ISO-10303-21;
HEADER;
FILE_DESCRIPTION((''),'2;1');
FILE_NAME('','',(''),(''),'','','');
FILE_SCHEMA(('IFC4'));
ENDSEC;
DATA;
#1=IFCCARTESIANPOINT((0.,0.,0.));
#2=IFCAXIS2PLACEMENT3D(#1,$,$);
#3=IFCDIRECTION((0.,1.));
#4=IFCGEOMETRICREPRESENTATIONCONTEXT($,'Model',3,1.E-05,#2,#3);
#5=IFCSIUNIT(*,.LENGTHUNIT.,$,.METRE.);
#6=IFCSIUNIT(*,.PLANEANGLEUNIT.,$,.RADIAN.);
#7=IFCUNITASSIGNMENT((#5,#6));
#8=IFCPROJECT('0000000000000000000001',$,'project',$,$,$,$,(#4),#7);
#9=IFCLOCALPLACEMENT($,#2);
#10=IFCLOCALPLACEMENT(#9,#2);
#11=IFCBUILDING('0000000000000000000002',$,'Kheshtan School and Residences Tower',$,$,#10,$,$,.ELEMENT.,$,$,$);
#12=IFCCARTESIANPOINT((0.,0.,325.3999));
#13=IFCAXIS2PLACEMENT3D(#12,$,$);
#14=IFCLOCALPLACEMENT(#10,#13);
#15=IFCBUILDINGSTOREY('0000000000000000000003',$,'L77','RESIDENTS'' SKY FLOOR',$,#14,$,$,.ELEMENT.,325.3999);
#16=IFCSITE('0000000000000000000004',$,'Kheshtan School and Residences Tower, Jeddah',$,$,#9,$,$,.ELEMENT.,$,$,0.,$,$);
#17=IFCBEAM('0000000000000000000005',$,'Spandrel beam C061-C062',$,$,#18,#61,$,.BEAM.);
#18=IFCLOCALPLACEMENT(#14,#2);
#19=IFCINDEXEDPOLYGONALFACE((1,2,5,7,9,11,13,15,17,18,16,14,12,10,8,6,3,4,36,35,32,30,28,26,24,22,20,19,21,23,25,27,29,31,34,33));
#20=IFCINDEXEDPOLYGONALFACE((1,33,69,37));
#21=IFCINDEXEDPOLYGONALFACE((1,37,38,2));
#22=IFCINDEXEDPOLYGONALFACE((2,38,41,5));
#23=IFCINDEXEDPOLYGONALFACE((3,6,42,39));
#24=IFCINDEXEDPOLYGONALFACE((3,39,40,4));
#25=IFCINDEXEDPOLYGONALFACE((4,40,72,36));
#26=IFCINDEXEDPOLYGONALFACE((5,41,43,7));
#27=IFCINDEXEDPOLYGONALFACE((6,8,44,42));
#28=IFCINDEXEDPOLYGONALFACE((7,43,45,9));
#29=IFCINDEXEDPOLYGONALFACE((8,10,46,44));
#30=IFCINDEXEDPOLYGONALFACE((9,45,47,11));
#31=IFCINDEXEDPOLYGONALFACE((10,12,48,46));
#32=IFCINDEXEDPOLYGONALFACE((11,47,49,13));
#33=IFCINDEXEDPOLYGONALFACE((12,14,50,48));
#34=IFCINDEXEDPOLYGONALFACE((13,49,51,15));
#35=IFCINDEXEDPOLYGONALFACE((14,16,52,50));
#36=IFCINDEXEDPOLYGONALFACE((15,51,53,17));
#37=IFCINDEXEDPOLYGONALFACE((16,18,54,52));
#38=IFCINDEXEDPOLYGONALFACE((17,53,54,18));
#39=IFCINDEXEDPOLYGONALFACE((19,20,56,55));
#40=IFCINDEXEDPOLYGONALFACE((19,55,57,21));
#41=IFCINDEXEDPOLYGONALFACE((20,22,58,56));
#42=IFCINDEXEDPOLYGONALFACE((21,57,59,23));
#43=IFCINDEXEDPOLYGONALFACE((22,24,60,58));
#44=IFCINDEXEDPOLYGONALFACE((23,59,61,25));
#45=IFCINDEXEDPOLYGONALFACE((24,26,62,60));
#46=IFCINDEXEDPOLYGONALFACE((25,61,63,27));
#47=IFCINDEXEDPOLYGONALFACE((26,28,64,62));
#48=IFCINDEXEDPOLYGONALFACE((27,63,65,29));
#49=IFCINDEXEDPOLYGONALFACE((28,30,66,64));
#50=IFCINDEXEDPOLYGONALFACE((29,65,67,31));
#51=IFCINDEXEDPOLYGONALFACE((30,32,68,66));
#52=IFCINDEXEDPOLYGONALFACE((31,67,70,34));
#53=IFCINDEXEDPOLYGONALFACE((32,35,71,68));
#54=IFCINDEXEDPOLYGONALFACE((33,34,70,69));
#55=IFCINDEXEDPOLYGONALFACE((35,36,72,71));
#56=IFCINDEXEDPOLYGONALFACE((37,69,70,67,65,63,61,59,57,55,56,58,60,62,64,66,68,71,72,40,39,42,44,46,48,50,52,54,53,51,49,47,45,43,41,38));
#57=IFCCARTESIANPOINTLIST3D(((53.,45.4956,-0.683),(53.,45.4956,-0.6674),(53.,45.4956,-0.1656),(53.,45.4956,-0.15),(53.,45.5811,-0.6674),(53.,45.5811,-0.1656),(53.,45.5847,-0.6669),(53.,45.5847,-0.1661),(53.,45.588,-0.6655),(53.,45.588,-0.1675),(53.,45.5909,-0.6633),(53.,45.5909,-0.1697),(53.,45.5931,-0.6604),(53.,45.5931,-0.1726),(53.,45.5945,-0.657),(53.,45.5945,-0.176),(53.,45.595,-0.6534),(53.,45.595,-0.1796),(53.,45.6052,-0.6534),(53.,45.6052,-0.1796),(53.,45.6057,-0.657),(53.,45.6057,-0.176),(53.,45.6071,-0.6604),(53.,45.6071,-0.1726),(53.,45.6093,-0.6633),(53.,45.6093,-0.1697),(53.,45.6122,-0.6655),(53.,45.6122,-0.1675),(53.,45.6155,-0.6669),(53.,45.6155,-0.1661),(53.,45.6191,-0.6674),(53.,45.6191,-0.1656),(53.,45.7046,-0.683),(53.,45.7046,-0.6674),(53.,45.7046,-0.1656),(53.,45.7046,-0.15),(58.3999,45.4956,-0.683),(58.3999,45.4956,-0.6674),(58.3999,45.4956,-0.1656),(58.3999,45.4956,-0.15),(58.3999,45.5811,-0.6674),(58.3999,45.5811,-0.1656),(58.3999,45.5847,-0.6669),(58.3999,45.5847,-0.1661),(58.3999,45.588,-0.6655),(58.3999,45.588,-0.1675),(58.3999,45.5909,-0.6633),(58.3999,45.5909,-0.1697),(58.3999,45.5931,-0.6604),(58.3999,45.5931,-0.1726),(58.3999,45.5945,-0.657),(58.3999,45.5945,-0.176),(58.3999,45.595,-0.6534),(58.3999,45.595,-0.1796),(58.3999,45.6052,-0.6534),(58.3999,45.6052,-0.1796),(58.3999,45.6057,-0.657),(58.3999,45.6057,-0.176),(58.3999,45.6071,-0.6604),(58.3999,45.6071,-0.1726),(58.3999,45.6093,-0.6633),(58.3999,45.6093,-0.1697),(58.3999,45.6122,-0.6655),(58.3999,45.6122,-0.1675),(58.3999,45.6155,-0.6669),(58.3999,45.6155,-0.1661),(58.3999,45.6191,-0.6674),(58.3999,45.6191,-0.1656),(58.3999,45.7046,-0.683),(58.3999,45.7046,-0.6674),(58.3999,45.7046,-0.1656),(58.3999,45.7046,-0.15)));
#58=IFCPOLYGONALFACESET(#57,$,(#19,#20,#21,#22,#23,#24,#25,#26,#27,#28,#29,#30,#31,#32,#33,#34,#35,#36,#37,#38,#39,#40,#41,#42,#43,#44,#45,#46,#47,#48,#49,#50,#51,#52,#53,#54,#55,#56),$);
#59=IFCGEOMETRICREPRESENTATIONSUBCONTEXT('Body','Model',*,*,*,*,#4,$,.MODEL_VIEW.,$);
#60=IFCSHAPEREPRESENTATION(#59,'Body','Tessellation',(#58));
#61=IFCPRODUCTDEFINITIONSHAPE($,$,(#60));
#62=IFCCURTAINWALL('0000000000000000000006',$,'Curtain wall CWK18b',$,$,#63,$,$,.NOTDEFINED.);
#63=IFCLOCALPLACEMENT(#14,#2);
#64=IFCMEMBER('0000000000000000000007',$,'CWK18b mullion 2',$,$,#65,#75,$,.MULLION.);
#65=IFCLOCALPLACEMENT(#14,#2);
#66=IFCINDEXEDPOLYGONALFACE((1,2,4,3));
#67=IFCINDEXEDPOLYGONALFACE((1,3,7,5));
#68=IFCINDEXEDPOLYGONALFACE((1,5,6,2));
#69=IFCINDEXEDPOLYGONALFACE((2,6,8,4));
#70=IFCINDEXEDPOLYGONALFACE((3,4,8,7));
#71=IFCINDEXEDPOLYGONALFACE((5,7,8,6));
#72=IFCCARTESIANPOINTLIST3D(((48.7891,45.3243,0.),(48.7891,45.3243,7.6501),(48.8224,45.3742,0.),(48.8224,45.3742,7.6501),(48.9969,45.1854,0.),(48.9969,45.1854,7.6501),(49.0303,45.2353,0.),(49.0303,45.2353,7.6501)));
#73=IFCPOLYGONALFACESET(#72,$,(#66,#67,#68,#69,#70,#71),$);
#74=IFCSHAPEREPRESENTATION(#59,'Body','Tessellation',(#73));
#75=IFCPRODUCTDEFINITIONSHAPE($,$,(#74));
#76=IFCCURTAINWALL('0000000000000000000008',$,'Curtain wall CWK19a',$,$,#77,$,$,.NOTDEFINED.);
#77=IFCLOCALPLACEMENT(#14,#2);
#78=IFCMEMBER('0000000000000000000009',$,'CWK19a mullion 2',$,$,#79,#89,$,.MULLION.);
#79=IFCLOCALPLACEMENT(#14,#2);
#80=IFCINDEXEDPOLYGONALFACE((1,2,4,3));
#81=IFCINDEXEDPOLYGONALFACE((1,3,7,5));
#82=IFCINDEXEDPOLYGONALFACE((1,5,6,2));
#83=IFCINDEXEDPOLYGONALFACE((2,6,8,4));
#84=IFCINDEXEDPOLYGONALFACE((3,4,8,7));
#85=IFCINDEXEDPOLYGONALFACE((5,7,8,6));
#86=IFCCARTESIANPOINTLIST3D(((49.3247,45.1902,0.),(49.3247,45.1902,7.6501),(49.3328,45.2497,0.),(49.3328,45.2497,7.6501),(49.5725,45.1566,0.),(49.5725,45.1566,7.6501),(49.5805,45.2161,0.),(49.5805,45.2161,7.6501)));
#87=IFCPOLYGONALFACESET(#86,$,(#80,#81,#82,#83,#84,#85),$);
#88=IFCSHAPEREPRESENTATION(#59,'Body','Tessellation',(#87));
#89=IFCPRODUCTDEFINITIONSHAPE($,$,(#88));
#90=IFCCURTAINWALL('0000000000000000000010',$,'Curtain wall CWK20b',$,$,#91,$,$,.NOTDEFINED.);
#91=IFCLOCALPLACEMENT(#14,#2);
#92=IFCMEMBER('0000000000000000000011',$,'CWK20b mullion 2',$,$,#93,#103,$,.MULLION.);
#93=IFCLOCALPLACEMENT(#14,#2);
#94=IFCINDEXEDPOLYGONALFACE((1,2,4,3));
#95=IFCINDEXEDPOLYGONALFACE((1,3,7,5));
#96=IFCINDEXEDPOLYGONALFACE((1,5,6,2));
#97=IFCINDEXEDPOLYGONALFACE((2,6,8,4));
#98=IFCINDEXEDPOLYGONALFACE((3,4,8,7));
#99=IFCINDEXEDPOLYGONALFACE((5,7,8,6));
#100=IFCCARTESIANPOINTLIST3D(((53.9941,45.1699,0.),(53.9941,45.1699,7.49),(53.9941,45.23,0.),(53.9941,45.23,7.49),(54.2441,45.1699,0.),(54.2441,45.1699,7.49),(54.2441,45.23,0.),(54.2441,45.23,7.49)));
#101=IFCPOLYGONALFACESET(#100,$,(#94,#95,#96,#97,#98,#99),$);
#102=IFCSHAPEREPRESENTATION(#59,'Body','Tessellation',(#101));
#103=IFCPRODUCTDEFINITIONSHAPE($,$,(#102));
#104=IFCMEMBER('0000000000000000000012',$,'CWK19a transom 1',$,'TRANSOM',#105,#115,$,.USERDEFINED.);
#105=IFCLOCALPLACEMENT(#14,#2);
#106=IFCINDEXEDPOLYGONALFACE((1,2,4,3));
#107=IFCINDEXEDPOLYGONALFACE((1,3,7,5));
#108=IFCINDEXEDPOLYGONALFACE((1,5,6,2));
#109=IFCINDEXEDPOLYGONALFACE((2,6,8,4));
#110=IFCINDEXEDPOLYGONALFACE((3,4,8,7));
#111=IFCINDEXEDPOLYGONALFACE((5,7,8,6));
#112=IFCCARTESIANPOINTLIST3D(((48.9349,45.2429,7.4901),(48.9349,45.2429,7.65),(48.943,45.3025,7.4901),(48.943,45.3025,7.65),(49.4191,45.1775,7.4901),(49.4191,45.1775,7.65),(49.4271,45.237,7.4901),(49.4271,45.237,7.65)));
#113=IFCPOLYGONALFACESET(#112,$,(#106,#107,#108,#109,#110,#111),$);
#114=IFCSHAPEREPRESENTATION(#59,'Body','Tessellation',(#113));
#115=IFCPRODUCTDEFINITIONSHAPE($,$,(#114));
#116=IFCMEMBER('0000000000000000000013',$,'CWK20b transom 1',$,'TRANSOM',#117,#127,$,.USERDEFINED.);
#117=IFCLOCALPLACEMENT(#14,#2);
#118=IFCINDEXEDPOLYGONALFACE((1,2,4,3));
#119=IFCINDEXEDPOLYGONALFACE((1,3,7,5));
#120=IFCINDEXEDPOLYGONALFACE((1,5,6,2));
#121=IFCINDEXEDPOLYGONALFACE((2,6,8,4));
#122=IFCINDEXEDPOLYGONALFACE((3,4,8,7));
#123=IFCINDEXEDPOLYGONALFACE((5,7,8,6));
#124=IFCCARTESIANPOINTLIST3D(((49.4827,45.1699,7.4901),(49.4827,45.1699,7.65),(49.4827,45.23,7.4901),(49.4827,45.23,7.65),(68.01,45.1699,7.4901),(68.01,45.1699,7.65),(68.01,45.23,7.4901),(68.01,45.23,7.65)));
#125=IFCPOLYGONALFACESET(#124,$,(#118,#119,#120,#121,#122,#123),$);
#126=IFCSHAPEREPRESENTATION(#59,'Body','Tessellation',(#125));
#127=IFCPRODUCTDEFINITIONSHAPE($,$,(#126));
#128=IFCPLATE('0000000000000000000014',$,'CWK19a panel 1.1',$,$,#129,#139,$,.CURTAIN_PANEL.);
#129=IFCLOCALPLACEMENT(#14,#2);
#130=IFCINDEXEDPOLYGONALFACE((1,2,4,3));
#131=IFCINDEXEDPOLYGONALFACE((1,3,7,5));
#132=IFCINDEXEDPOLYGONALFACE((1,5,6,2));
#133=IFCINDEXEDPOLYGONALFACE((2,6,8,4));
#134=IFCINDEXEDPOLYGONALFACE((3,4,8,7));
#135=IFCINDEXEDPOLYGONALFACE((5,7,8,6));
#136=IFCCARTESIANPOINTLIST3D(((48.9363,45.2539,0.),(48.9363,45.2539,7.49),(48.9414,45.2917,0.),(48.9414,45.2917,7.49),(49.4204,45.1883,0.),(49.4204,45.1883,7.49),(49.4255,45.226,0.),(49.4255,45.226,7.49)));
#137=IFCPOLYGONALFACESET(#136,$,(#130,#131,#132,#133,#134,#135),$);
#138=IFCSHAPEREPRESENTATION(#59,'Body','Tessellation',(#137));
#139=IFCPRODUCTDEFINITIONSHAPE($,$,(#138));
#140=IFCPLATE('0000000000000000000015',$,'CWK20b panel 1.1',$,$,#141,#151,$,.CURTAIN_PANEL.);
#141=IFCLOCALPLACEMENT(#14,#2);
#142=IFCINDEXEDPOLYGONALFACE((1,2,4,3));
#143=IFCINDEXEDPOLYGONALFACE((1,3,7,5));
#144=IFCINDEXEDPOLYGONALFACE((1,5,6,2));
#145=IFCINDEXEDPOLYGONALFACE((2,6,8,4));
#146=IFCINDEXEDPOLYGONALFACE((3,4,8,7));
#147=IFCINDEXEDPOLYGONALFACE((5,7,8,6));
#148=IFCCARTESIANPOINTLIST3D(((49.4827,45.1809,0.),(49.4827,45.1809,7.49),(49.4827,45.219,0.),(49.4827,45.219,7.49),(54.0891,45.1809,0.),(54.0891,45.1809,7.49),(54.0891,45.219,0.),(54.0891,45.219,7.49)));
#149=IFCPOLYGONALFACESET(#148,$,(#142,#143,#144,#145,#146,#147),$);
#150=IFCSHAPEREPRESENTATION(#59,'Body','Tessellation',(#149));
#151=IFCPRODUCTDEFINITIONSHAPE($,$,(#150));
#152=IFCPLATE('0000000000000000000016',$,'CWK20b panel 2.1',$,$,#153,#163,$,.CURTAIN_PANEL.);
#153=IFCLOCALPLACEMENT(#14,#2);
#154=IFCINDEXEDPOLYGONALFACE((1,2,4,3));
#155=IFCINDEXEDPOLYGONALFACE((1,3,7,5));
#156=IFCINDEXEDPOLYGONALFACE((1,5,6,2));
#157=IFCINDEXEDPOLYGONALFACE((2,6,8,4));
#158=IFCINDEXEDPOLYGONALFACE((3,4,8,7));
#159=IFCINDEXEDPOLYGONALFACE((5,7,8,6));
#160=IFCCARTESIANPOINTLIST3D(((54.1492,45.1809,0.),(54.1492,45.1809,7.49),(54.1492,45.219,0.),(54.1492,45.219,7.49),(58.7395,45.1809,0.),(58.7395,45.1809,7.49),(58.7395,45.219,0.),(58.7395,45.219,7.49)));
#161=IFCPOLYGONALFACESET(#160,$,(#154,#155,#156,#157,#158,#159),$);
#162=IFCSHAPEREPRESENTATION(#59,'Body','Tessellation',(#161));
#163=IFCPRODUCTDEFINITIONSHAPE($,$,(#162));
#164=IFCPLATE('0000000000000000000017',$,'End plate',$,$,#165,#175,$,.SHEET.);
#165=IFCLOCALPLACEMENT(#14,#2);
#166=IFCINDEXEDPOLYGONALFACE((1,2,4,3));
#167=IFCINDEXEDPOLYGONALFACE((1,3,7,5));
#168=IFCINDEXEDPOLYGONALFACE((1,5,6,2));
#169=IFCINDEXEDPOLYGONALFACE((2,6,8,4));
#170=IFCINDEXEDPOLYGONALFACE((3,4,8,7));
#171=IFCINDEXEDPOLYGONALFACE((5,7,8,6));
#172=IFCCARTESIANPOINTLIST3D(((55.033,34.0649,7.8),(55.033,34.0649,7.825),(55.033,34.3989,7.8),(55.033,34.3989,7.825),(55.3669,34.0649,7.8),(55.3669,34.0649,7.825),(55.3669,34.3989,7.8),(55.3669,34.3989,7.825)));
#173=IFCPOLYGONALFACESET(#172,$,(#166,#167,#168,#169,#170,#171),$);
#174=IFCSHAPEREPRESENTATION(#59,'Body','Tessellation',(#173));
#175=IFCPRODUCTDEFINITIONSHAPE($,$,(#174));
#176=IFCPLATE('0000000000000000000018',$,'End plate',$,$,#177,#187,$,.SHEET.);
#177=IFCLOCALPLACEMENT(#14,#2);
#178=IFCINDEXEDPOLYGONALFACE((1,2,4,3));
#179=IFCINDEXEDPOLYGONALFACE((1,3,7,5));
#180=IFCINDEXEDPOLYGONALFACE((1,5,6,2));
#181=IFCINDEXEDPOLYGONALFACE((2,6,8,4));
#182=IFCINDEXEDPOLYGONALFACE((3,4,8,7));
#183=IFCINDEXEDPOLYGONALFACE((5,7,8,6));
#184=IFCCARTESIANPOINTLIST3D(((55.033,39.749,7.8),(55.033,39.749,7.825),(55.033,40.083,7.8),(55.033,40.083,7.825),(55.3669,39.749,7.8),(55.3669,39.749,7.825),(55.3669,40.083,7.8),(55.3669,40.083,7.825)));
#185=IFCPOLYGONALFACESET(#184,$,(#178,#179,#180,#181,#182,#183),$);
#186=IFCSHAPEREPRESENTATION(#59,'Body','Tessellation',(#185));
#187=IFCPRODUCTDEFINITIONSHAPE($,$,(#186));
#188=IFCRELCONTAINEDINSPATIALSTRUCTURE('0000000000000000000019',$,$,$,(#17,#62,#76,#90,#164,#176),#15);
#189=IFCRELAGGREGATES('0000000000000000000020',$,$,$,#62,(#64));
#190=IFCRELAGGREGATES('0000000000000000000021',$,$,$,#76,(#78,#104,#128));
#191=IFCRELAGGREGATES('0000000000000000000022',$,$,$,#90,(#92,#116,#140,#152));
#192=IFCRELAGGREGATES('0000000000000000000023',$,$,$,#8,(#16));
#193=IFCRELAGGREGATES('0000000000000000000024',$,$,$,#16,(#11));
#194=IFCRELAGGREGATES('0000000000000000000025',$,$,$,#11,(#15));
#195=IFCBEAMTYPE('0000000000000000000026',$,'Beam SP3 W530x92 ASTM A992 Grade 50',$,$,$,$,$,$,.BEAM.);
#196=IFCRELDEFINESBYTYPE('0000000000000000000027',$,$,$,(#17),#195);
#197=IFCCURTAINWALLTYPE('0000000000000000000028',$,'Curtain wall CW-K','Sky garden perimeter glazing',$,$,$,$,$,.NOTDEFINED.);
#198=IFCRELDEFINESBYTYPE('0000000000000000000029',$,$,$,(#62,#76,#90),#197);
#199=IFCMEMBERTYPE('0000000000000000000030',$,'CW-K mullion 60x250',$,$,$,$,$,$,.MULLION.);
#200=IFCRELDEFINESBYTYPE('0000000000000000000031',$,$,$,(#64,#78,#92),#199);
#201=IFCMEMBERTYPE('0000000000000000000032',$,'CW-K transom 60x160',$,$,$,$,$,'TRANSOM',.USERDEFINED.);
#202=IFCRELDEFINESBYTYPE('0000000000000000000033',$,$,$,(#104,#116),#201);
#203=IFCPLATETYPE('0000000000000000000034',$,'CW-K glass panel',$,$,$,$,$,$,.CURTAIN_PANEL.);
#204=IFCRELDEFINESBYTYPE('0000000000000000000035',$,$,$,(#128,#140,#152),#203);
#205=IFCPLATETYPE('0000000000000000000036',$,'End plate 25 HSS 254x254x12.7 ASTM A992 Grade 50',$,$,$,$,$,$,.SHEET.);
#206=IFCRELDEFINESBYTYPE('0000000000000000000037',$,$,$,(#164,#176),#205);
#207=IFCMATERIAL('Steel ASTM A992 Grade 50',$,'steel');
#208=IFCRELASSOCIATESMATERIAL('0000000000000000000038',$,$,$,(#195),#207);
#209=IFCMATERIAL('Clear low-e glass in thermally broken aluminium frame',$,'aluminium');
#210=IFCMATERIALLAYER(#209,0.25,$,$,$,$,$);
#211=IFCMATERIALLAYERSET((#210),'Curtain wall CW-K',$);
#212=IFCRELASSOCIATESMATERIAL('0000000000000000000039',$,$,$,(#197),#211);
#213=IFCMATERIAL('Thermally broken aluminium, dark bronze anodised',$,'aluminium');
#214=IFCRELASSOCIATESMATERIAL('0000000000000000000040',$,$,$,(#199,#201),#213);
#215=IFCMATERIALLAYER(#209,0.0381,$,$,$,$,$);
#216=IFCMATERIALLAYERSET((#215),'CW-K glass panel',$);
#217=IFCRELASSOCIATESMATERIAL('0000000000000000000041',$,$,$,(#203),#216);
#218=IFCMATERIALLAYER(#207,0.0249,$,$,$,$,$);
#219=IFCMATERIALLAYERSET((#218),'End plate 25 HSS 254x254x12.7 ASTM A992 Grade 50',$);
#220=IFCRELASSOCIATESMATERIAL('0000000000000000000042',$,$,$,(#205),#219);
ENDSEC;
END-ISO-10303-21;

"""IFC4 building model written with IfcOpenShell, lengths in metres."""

from ifc_helpers import new_model, si_unit, direction, frame, origin, origin_2d, place, context, subcontext, project, spatial, rectangle, i_section, extrude, material, layer, layer_set, material_profile, profile_set, type_object, element, aggregate, save


model = new_model("IFC4")

# Units and contexts
model_context = context("Model", 3, precision=1e-05, world=origin(), true_north=direction((0.0, 1.0)))
body_context = subcontext(model_context, "Body", "Model", "MODEL_VIEW")
ifc_project = project(units=[si_unit("LENGTHUNIT", "METRE"), si_unit("PLANEANGLEUNIT", "RADIAN")], contexts=[model_context])

# Site, building, storey
site_placement = place(None, origin())
site = spatial("IfcSite", under=ifc_project, at=site_placement, Name="Kheshtan School and Residences Tower, Jeddah", CompositionType="ELEMENT", RefElevation=0.0)
building_placement = place(site_placement, origin())
building = spatial("IfcBuilding", under=site, at=building_placement, Name="Kheshtan School and Residences Tower", CompositionType="ELEMENT")
storey_placement = place(building_placement, frame((0.0, 0.0, 325.3999)))
storey = spatial("IfcBuildingStorey", under=building, at=storey_placement, Name="L77", Description="RESIDENTS' SKY FLOOR", CompositionType="ELEMENT", Elevation=325.3999)

# Shared definitions
ifc_material_1 = material(Name="Steel ASTM A992 Grade 50", Category="steel")

# Beam
ifc_material_profile_1 = material_profile(ifc_material_1, i_section(OverallWidth=0.209, OverallDepth=0.533, WebThickness=0.0103, FlangeThickness=0.0156, FilletRadius=0.0139, at=origin_2d()), Name="W530x92")
ifc_profile_set_1 = profile_set([ifc_material_profile_1], Name="Steel ASTM A992 Grade 50")
beam_type = type_object("IfcBeamType", Name="Beam SP3 W530x92 ASTM A992 Grade 50", PredefinedType="BEAM", material=ifc_profile_set_1)
beam_placement = place(storey_placement, frame((53.0, 45.6001, -0.4165), z_axis=(1.0, 0.0, 0.0), x_axis=(0.0, 1.0, 0.0)))
element("IfcBeam", 1, at=beam_placement, inside=storey, type_object=beam_type, Name="Spandrel beam C061-C062", PredefinedType="BEAM", context=body_context, shape_type="SweptSolid", body=[
    extrude(i_section(OverallWidth=0.209, OverallDepth=0.533, WebThickness=0.0103, FlangeThickness=0.0156, FilletRadius=0.0139, at=origin_2d()), origin(), (0.0, 0.0, 1.0), 5.3999),
])

# Curtain walls, members
ifc_material_2 = material(Name="Clear low-e glass in thermally broken aluminium frame", Category="aluminium")
ifc_layer_1 = layer(ifc_material_2, 0.25)
ifc_layer_set_1 = layer_set([ifc_layer_1], Name="Curtain wall CW-K")
curtain_wall_type = type_object("IfcCurtainWallType", Name="Curtain wall CW-K", Description="Sky garden perimeter glazing", PredefinedType="NOTDEFINED", material=ifc_layer_set_1)
curtain_wall_1_placement = place(storey_placement, origin())
curtain_wall_1 = element("IfcCurtainWall", 2, at=curtain_wall_1_placement, inside=storey, type_object=curtain_wall_type, Name="Curtain wall CWK18b", PredefinedType="NOTDEFINED")
ifc_material_3 = material(Name="Thermally broken aluminium, dark bronze anodised", Category="aluminium")
ifc_material_profile_2 = material_profile(ifc_material_3, rectangle(XDim=0.0601, YDim=0.25, at=origin_2d()), Name="CW-K mullion 60x250")
ifc_profile_set_2 = profile_set([ifc_material_profile_2], Name="Thermally broken aluminium, dark bronze anodised")
member_type_1 = type_object("IfcMemberType", Name="CW-K mullion 60x250", PredefinedType="MULLION", material=ifc_profile_set_2)
member_1_placement = place(storey_placement, frame((48.9097, 45.2798, 0.0), z_axis=(0.0, 0.0, 1.0), x_axis=(0.555745, 0.831353, 0.0)))
member_1 = element("IfcMember", 3, at=member_1_placement, type_object=member_type_1, Name="CWK18b mullion 2", PredefinedType="MULLION", context=body_context, shape_type="SweptSolid", body=[
    extrude(rectangle(XDim=0.0601, YDim=0.25, at=origin_2d()), origin(), (0.0, 0.0, 1.0), 7.6501),
])
aggregate(curtain_wall_1, [member_1])
curtain_wall_2_placement = place(storey_placement, origin())
curtain_wall_2 = element("IfcCurtainWall", 4, at=curtain_wall_2_placement, inside=storey, type_object=curtain_wall_type, Name="Curtain wall CWK19a", PredefinedType="NOTDEFINED")
member_2_placement = place(storey_placement, frame((49.4526, 45.2031, 0.0), z_axis=(0.0, 0.0, 1.0), x_axis=(0.134364, 0.990932, 0.0)))
member_2 = element("IfcMember", 5, at=member_2_placement, type_object=member_type_1, Name="CWK19a mullion 2", PredefinedType="MULLION", context=body_context, shape_type="SweptSolid", body=[
    extrude(rectangle(XDim=0.0601, YDim=0.25, at=origin_2d()), origin(), (0.0, 0.0, 1.0), 7.6501),
])
curtain_wall_3_placement = place(storey_placement, origin())
curtain_wall_3 = element("IfcCurtainWall", 6, at=curtain_wall_3_placement, inside=storey, type_object=curtain_wall_type, Name="Curtain wall CWK20b", PredefinedType="NOTDEFINED")
member_3_placement = place(storey_placement, frame((54.1191, 45.2, 0.0), z_axis=(0.0, 0.0, 1.0), x_axis=(0.0, 1.0, 0.0)))
member_3 = element("IfcMember", 7, at=member_3_placement, type_object=member_type_1, Name="CWK20b mullion 2", PredefinedType="MULLION", context=body_context, shape_type="SweptSolid", body=[
    extrude(rectangle(XDim=0.0601, YDim=0.25, at=origin_2d()), origin(), (0.0, 0.0, 1.0), 7.49),
])

# Members
ifc_material_profile_3 = material_profile(ifc_material_3, rectangle(XDim=0.0601, YDim=0.1599, at=origin_2d()), Name="CW-K transom 60x160")
ifc_profile_set_3 = profile_set([ifc_material_profile_3], Name="Thermally broken aluminium, dark bronze anodised")
member_type_2 = type_object("IfcMemberType", Name="CW-K transom 60x160", ElementType="TRANSOM", PredefinedType="USERDEFINED", material=ifc_profile_set_3)
member_4_placement = place(storey_placement, frame((48.939, 45.2727, 7.5701), z_axis=(0.990991, -0.133931, 0.0), x_axis=(0.133931, 0.990991, 0.0)))
member_4 = element("IfcMember", 8, at=member_4_placement, type_object=member_type_2, Name="CWK19a transom 1", ObjectType="TRANSOM", PredefinedType="USERDEFINED", context=body_context, shape_type="SweptSolid", body=[
    extrude(rectangle(XDim=0.0601, YDim=0.1599, at=origin_2d()), origin(), (0.0, 0.0, 1.0), 0.4885),
])
member_5_placement = place(storey_placement, frame((49.4827, 45.2, 7.5701), z_axis=(1.0, 0.0, 0.0), x_axis=(0.0, 1.0, 0.0)))
member_5 = element("IfcMember", 9, at=member_5_placement, type_object=member_type_2, Name="CWK20b transom 1", ObjectType="TRANSOM", PredefinedType="USERDEFINED", context=body_context, shape_type="SweptSolid", body=[
    extrude(rectangle(XDim=0.0601, YDim=0.1599, at=origin_2d()), origin(), (0.0, 0.0, 1.0), 18.5273),
])

# Plates
ifc_layer_2 = layer(ifc_material_2, 0.0381)
ifc_layer_set_2 = layer_set([ifc_layer_2], Name="CW-K glass panel")
plate_type_1 = type_object("IfcPlateType", Name="CW-K glass panel", PredefinedType="CURTAIN_PANEL", material=ifc_layer_set_2)
plate_1_placement = place(storey_placement, frame((49.1809, 45.24, 0.0), z_axis=(0.0, 0.0, 1.0), x_axis=(0.990932, -0.134364, 0.0)))
plate_1 = element("IfcPlate", 10, at=plate_1_placement, type_object=plate_type_1, Name="CWK19a panel 1.1", PredefinedType="CURTAIN_PANEL", context=body_context, shape_type="SweptSolid", body=[
    extrude(rectangle(XDim=0.4885, YDim=0.0381, at=origin_2d()), origin(), (0.0, 0.0, 1.0), 7.49),
])
aggregate(curtain_wall_2, [member_2, member_4, plate_1])
plate_2_placement = place(storey_placement, frame((51.7859, 45.2, 0.0), z_axis=(0.0, 0.0, 1.0), x_axis=(1.0, 0.0, 0.0)))
plate_2 = element("IfcPlate", 11, at=plate_2_placement, type_object=plate_type_1, Name="CWK20b panel 1.1", PredefinedType="CURTAIN_PANEL", context=body_context, shape_type="SweptSolid", body=[
    extrude(rectangle(XDim=4.6064, YDim=0.0381, at=origin_2d()), origin(), (0.0, 0.0, 1.0), 7.49),
])
plate_3_placement = place(storey_placement, frame((56.4443, 45.2, 0.0), z_axis=(0.0, 0.0, 1.0), x_axis=(1.0, 0.0, 0.0)))
plate_3 = element("IfcPlate", 12, at=plate_3_placement, type_object=plate_type_1, Name="CWK20b panel 2.1", PredefinedType="CURTAIN_PANEL", context=body_context, shape_type="SweptSolid", body=[
    extrude(rectangle(XDim=4.5903, YDim=0.0381, at=origin_2d()), origin(), (0.0, 0.0, 1.0), 7.49),
])
aggregate(curtain_wall_3, [member_3, member_5, plate_2, plate_3])

# Plates
ifc_layer_3 = layer(ifc_material_1, 0.0249)
ifc_layer_set_3 = layer_set([ifc_layer_3], Name="End plate 25 HSS 254x254x12.7 ASTM A992 Grade 50")
plate_type_2 = type_object("IfcPlateType", Name="End plate 25 HSS 254x254x12.7 ASTM A992 Grade 50", PredefinedType="SHEET", material=ifc_layer_set_3)
for number, where, z_axis, x_axis, name in (
    (13, (55.2, 34.2319, 7.8), (0.0, 0.0, 1.0), (1.0, 0.0, 0.0), "End plate"),
    (14, (55.2, 39.916, 7.8), (0.0, 0.0, 1.0), (1.0, 0.0, 0.0), "End plate"),
):
    element("IfcPlate", number, at=place(storey_placement, frame(where, z_axis=z_axis, x_axis=x_axis)), inside=storey, type_object=plate_type_2, Name=name, PredefinedType="SHEET", context=body_context, shape_type="SweptSolid", body=[
        extrude(rectangle(XDim=0.334, YDim=0.334, at=origin_2d()), origin(), (0.0, 0.0, 1.0), 0.0249),
    ])

save(model, "model.ifc")
